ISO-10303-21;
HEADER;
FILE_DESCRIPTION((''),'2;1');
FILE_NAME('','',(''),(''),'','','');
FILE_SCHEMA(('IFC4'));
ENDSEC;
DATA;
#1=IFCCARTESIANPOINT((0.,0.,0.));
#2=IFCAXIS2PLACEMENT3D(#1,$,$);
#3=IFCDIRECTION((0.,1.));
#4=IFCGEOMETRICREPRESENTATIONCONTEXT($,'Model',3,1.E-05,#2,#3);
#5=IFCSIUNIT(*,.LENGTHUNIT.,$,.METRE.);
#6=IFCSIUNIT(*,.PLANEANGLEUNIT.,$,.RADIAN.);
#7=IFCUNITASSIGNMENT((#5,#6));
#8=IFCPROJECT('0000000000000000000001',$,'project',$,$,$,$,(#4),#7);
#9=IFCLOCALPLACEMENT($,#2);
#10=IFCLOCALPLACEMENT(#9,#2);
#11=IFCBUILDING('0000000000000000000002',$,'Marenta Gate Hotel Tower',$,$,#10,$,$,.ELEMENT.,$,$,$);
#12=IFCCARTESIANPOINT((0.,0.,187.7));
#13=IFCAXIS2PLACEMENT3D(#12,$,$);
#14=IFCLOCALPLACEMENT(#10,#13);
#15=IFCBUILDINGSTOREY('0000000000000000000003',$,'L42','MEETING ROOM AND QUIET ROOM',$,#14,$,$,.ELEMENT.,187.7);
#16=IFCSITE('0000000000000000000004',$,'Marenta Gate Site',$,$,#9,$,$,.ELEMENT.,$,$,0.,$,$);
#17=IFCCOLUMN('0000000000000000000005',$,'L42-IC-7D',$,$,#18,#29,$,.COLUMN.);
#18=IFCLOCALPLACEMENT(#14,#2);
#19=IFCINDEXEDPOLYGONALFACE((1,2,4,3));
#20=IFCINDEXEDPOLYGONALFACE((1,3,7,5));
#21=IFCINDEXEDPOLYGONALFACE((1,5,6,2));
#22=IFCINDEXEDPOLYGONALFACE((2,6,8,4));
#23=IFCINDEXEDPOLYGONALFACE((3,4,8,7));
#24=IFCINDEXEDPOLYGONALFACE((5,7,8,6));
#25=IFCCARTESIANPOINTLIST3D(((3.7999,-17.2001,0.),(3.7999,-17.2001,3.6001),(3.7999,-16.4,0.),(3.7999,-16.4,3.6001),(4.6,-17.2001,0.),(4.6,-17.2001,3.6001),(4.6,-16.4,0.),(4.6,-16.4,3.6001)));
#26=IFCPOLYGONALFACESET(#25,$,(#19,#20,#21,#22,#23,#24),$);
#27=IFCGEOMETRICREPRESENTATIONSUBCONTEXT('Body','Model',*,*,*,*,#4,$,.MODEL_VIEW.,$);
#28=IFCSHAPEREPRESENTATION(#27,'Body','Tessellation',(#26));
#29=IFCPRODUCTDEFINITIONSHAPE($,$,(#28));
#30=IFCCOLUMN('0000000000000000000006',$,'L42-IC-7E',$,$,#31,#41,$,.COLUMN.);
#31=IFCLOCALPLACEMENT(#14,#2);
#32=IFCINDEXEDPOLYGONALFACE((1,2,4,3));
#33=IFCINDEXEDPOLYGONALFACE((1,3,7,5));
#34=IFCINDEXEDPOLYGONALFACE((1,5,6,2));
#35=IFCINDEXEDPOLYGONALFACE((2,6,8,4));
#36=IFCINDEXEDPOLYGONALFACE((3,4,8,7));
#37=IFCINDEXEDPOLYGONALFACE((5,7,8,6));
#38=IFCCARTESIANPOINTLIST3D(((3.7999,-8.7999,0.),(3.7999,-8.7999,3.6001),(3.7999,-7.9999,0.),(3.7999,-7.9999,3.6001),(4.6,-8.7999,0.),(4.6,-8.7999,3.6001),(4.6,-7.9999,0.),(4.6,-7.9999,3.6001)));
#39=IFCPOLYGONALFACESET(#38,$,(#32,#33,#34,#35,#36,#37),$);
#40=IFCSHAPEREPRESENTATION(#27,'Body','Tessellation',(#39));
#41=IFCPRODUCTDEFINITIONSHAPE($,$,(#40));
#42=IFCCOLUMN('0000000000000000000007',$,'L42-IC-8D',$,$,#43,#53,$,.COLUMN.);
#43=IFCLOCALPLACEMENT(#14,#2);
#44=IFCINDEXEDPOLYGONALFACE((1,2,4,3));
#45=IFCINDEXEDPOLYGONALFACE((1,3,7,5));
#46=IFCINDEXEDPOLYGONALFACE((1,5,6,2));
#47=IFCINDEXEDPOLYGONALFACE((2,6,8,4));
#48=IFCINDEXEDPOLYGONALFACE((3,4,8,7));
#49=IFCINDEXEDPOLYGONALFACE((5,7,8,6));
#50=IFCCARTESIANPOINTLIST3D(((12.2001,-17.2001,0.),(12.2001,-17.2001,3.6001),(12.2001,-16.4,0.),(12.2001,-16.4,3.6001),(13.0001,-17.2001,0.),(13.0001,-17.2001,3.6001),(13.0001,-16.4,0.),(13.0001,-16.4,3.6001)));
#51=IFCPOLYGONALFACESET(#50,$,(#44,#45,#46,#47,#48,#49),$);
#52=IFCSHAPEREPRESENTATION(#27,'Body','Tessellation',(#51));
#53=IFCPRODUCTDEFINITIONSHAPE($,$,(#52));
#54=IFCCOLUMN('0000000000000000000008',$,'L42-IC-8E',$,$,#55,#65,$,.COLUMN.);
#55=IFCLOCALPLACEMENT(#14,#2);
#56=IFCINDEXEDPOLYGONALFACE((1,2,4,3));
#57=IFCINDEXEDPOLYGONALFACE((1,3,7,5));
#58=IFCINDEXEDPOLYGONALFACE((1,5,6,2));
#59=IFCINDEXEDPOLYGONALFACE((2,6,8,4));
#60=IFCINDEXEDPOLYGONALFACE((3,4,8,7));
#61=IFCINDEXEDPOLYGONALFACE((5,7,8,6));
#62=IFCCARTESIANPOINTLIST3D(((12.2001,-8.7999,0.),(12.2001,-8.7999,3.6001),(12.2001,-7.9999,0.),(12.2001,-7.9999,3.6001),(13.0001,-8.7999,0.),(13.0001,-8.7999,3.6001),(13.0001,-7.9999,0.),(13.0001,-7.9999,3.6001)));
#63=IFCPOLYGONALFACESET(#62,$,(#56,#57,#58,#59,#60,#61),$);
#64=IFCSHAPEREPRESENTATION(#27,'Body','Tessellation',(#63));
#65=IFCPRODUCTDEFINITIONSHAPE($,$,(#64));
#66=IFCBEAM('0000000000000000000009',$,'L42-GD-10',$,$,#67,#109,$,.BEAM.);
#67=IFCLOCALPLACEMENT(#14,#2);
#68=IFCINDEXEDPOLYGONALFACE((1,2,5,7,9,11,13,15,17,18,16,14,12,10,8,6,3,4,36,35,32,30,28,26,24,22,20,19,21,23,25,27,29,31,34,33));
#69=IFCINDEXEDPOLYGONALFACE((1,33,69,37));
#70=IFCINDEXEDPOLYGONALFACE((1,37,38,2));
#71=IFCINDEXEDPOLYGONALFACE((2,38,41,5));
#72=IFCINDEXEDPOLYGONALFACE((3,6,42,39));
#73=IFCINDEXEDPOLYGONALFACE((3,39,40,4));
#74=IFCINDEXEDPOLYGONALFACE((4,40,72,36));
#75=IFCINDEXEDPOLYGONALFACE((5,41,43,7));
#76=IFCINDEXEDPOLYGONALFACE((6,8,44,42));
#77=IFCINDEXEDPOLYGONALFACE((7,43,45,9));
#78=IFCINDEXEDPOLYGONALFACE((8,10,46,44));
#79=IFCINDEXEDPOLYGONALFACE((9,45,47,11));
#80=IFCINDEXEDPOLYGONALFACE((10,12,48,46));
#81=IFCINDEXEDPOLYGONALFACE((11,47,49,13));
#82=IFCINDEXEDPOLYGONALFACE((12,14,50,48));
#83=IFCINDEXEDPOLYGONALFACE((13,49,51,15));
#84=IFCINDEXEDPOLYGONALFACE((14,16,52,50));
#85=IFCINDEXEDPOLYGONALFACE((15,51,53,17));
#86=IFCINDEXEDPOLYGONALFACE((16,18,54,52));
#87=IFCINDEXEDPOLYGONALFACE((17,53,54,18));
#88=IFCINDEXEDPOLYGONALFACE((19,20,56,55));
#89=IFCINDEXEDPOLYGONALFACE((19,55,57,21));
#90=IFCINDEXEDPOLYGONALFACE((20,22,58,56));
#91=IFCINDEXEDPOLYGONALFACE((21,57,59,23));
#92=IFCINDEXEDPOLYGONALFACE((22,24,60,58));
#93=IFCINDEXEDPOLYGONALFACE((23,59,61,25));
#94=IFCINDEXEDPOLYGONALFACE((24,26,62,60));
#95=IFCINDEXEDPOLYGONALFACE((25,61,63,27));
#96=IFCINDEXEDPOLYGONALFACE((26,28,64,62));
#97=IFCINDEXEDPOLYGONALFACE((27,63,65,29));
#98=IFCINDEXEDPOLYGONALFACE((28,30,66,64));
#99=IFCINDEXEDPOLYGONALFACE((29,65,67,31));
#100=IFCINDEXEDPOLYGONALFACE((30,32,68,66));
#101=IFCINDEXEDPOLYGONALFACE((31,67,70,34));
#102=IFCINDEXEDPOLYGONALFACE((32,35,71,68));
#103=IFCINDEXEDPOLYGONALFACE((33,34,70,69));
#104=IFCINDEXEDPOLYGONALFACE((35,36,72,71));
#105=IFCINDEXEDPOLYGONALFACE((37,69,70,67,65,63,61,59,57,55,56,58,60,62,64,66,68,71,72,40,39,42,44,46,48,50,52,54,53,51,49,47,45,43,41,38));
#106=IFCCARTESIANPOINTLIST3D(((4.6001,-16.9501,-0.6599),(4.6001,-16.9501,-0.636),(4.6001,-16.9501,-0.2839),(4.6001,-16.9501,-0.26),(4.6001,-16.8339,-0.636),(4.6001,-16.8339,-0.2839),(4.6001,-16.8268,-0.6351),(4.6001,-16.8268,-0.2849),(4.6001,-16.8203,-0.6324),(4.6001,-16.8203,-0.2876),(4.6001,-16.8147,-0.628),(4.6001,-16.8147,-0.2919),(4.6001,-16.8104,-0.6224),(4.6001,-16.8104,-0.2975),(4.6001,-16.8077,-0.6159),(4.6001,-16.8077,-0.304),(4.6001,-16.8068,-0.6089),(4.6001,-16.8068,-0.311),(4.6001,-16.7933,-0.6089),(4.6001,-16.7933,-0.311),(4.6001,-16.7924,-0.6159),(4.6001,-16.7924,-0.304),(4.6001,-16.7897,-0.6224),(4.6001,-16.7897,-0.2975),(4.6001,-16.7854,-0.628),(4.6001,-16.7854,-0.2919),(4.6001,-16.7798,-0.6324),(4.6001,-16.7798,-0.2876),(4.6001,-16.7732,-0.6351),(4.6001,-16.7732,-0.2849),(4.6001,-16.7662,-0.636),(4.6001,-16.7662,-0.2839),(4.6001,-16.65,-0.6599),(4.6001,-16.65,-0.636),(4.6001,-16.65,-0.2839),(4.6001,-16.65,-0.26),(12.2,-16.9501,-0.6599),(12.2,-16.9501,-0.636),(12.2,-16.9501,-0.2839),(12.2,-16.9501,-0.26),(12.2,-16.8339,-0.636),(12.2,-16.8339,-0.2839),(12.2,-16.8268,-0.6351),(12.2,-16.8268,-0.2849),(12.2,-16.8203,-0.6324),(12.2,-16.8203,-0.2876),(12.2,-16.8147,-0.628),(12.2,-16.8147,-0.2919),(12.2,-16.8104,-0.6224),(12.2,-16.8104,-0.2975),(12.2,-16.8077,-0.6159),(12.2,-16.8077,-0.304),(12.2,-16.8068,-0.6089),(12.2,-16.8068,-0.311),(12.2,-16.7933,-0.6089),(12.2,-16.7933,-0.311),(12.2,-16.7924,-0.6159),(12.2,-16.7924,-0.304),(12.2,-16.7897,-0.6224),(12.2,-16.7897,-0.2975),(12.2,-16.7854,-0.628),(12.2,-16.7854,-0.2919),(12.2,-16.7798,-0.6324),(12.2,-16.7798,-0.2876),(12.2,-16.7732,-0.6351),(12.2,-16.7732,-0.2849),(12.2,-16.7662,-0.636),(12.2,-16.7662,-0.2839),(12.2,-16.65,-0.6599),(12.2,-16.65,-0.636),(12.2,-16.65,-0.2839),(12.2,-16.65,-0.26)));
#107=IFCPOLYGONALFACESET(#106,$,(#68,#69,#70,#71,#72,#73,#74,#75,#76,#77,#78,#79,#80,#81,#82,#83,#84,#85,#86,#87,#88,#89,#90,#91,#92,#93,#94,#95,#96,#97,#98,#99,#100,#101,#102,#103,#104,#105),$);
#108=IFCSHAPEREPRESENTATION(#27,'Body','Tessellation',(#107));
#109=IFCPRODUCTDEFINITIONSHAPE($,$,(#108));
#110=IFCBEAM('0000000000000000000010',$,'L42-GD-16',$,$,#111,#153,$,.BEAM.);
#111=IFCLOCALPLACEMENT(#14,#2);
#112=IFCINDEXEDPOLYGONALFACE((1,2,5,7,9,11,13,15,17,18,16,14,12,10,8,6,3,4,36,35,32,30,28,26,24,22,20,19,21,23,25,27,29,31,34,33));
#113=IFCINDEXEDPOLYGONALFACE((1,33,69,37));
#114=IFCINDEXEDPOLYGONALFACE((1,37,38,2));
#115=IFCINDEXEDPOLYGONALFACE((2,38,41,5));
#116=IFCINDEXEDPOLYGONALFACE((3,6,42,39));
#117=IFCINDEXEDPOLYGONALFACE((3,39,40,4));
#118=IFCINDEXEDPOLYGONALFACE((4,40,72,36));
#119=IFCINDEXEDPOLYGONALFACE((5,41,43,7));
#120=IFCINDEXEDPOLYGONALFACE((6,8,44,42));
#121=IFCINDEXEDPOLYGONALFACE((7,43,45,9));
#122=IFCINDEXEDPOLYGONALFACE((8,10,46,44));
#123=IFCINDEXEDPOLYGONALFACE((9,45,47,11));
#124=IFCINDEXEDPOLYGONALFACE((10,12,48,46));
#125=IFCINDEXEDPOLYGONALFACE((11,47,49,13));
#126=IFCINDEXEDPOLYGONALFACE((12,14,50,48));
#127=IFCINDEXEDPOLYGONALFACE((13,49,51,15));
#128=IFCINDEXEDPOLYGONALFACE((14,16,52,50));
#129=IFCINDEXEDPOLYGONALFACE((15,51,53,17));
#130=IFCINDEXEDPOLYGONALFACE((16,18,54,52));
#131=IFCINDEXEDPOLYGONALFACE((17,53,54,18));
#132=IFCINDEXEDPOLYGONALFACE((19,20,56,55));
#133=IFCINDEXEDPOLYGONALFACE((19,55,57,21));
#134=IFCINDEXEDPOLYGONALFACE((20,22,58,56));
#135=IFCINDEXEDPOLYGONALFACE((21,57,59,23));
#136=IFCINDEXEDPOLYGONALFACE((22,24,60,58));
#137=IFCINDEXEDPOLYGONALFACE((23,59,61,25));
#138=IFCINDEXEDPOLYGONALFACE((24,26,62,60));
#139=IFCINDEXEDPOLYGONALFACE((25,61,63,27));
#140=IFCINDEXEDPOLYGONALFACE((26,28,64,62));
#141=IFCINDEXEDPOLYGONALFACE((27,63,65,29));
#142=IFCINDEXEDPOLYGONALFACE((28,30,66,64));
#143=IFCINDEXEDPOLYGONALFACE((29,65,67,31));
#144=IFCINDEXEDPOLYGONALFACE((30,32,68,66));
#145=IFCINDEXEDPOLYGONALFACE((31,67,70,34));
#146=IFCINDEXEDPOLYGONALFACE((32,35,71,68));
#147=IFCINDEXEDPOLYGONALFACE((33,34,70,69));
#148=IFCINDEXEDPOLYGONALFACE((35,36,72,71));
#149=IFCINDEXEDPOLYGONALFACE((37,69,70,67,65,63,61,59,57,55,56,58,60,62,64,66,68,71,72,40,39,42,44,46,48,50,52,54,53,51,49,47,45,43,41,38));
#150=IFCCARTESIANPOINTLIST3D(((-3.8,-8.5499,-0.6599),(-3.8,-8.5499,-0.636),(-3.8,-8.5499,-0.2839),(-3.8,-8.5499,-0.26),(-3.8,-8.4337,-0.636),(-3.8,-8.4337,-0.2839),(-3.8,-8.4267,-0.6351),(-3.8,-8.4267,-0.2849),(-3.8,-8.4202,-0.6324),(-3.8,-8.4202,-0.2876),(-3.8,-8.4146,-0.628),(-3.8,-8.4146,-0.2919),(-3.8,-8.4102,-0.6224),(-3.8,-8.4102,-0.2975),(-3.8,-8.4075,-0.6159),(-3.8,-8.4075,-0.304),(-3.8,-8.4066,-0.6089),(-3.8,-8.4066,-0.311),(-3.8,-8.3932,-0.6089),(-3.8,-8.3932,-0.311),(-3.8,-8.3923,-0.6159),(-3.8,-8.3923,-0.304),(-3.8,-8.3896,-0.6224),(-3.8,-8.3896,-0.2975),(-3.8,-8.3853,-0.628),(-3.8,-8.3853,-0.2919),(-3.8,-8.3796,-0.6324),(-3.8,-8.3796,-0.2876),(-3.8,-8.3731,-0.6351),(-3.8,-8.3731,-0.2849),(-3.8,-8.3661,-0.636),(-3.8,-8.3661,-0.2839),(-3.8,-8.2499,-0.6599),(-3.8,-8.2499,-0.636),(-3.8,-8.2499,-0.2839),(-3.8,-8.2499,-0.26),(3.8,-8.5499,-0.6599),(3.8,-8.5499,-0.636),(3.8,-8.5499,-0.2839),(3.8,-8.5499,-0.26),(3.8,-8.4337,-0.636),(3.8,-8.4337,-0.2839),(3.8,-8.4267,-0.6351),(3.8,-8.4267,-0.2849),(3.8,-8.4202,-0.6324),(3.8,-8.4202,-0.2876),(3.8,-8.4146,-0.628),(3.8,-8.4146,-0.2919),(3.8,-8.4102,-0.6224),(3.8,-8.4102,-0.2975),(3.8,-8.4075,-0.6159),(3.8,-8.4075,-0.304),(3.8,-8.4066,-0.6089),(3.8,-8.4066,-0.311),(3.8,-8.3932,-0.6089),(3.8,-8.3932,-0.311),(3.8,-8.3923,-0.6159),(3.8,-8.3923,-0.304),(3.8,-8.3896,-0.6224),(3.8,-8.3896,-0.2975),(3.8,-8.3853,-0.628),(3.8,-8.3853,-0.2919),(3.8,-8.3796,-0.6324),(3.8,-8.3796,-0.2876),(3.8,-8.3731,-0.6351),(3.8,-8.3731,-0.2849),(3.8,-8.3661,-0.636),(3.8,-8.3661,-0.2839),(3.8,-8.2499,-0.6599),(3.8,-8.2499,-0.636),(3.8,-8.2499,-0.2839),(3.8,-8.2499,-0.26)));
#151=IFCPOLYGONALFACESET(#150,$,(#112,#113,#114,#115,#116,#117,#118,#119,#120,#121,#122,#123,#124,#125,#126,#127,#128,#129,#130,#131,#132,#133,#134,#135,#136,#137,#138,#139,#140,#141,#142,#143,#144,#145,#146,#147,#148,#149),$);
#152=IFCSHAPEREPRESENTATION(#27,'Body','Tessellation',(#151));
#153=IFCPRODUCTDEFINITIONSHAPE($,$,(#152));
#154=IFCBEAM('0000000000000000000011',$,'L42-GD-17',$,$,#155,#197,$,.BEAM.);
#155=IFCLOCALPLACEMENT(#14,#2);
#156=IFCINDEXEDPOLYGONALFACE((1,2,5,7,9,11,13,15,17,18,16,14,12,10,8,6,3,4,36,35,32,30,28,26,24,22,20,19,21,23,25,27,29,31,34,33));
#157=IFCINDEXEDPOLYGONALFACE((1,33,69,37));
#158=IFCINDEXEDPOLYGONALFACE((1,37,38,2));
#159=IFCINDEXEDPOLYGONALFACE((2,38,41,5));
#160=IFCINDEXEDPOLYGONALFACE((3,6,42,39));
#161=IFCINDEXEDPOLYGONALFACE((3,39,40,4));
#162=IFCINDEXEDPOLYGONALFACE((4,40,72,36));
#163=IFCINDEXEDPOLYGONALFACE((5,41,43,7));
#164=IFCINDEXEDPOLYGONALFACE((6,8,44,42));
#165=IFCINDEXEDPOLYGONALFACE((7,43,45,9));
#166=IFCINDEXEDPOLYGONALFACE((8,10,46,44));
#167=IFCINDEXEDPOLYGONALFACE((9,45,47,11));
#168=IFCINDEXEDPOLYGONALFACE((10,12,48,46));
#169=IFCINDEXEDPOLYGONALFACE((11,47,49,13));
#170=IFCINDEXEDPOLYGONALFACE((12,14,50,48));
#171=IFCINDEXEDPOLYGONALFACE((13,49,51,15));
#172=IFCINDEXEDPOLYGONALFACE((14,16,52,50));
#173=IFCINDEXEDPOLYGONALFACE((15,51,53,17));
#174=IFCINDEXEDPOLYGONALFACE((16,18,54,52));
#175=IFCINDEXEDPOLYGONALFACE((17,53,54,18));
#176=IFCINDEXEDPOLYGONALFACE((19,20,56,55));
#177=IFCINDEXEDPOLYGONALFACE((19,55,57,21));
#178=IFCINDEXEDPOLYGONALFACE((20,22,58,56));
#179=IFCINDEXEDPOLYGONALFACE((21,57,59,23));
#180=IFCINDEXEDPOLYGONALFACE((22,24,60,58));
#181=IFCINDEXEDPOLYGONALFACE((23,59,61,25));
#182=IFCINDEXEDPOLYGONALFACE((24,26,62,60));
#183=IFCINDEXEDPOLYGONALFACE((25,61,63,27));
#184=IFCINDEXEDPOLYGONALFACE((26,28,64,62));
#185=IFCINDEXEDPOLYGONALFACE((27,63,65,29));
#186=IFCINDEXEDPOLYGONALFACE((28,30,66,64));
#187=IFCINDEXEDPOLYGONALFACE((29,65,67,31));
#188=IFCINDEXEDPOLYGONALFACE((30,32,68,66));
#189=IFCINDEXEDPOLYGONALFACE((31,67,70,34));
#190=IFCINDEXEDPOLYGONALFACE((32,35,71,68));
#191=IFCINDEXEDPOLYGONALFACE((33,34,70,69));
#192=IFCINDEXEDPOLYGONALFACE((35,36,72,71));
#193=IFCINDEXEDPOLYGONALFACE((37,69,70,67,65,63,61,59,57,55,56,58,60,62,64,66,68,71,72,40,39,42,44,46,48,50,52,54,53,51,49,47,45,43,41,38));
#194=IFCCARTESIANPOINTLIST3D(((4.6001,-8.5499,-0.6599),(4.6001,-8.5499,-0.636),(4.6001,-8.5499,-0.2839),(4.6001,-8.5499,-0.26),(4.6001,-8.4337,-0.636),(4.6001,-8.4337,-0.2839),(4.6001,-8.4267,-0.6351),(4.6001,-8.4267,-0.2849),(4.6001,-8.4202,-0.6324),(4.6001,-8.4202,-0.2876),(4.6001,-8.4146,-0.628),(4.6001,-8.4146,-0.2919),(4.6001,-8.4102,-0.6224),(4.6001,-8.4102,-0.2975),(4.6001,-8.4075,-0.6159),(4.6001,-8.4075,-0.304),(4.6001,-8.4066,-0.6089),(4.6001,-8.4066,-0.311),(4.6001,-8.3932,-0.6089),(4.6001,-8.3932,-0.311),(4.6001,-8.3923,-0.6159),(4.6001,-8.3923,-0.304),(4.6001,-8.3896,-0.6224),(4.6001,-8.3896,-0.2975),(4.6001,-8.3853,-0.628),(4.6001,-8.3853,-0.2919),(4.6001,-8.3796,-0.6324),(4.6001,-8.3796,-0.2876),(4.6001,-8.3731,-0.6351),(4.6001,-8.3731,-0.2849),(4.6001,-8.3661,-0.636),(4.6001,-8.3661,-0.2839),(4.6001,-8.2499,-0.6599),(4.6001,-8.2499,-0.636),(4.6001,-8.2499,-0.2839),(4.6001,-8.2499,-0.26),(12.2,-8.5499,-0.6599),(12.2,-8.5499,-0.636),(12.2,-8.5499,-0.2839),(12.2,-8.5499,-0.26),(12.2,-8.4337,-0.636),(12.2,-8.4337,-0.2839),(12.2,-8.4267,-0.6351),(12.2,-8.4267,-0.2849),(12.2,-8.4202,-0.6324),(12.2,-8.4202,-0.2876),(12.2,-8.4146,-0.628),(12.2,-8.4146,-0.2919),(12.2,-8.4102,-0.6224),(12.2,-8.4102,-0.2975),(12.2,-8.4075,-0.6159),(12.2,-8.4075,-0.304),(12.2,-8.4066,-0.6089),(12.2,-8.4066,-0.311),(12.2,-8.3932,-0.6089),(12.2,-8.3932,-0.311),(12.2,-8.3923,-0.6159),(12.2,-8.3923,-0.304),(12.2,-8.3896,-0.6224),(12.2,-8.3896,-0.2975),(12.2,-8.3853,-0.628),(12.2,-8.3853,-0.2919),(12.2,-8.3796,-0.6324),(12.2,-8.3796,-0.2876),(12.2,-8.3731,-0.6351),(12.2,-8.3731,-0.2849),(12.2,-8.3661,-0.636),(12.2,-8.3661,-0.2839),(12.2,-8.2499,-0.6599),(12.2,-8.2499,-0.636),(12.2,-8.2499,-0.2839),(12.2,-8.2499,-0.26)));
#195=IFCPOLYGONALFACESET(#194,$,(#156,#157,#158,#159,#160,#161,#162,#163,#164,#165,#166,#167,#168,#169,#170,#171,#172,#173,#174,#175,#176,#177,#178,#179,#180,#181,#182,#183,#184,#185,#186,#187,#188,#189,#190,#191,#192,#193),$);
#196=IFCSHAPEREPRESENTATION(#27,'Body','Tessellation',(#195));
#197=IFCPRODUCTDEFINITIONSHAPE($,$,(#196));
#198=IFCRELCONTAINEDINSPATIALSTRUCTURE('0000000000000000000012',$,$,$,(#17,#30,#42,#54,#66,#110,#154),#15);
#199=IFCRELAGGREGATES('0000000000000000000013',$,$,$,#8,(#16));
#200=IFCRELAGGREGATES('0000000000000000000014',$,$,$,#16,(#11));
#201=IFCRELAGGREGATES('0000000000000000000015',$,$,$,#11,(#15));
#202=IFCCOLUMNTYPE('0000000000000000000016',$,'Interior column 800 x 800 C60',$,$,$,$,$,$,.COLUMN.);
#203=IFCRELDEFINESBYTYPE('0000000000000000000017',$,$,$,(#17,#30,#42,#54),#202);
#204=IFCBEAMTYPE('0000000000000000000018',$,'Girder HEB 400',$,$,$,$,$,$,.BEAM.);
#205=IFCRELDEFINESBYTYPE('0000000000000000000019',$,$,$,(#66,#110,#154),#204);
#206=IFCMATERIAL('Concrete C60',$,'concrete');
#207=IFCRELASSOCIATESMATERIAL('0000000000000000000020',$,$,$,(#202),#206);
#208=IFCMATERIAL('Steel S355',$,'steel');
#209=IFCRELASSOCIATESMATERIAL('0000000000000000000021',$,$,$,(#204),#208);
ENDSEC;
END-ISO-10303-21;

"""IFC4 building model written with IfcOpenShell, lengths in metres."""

from ifc_helpers import new_model, si_unit, direction, frame, origin, origin_2d, place, context, subcontext, project, spatial, rectangle, i_section, extrude, material, material_profile, profile_set, type_object, element, save


model = new_model("IFC4")

# Units and contexts
model_context = context("Model", 3, precision=1e-05, world=origin(), true_north=direction((0.0, 1.0)))
body_context = subcontext(model_context, "Body", "Model", "MODEL_VIEW")
ifc_project = project(units=[si_unit("LENGTHUNIT", "METRE"), si_unit("PLANEANGLEUNIT", "RADIAN")], contexts=[model_context])

# Site, building, storey
site_placement = place(None, origin())
site = spatial("IfcSite", under=ifc_project, at=site_placement, Name="Marenta Gate Site", CompositionType="ELEMENT", RefElevation=0.0)
building_placement = place(site_placement, origin())
building = spatial("IfcBuilding", under=site, at=building_placement, Name="Marenta Gate Hotel Tower", CompositionType="ELEMENT")
storey_placement = place(building_placement, frame((0.0, 0.0, 187.7)))
storey = spatial("IfcBuildingStorey", under=building, at=storey_placement, Name="L42", Description="MEETING ROOM AND QUIET ROOM", CompositionType="ELEMENT", Elevation=187.7)

# Columns
ifc_material_1 = material(Name="Concrete C60", Category="concrete")
ifc_material_profile_1 = material_profile(ifc_material_1, rectangle(XDim=0.8, YDim=0.8, at=origin_2d()), Name="800 x 800")
ifc_profile_set_1 = profile_set([ifc_material_profile_1], Name="Concrete C60")
column_type = type_object("IfcColumnType", Name="Interior column 800 x 800 C60", PredefinedType="COLUMN", material=ifc_profile_set_1)
for number, where, z_axis, x_axis, name in (
    (1, (4.2, -16.8, 0.0), (0.0, 0.0, 1.0), (1.0, 0.0, 0.0), "L42-IC-7D"),
    (2, (4.2, -8.3999, 0.0), (0.0, 0.0, 1.0), (1.0, 0.0, 0.0), "L42-IC-7E"),
    (3, (12.6001, -16.8, 0.0), (0.0, 0.0, 1.0), (1.0, 0.0, 0.0), "L42-IC-8D"),
    (4, (12.6001, -8.3999, 0.0), (0.0, 0.0, 1.0), (1.0, 0.0, 0.0), "L42-IC-8E"),
):
    element("IfcColumn", number, at=place(storey_placement, frame(where, z_axis=z_axis, x_axis=x_axis)), inside=storey, type_object=column_type, Name=name, PredefinedType="COLUMN", context=body_context, shape_type="SweptSolid", body=[
        extrude(rectangle(XDim=0.8, YDim=0.8, at=origin_2d()), origin(), (0.0, 0.0, 1.0), 3.6001),
    ])

# Beams
ifc_material_2 = material(Name="Steel S355", Category="steel")
ifc_material_profile_2 = material_profile(ifc_material_2, i_section(OverallWidth=0.3, OverallDepth=0.3999, WebThickness=0.0134, FlangeThickness=0.0239, FilletRadius=0.0271, at=origin_2d()), Name="HEB 400")
ifc_profile_set_2 = profile_set([ifc_material_profile_2], Name="Steel S355")
beam_type = type_object("IfcBeamType", Name="Girder HEB 400", PredefinedType="BEAM", material=ifc_profile_set_2)
beam_1_placement = place(storey_placement, frame((4.6001, -16.8, -0.46), z_axis=(1.0, 0.0, 0.0), x_axis=(0.0, 1.0, 0.0)))
element("IfcBeam", 5, at=beam_1_placement, inside=storey, type_object=beam_type, Name="L42-GD-10", PredefinedType="BEAM", context=body_context, shape_type="SweptSolid", body=[
    extrude(i_section(OverallWidth=0.3, OverallDepth=0.3999, WebThickness=0.0134, FlangeThickness=0.0239, FilletRadius=0.0271, at=origin_2d()), origin(), (0.0, 0.0, 1.0), 7.5999),
])
beam_2_placement = place(storey_placement, frame((-3.8, -8.3999, -0.46), z_axis=(1.0, 0.0, 0.0), x_axis=(0.0, 1.0, 0.0)))
element("IfcBeam", 6, at=beam_2_placement, inside=storey, type_object=beam_type, Name="L42-GD-16", PredefinedType="BEAM", context=body_context, shape_type="SweptSolid", body=[
    extrude(i_section(OverallWidth=0.3, OverallDepth=0.3999, WebThickness=0.0134, FlangeThickness=0.0239, FilletRadius=0.0271, at=origin_2d()), origin(), (0.0, 0.0, 1.0), 7.6001),
])
beam_3_placement = place(storey_placement, frame((4.6001, -8.3999, -0.46), z_axis=(1.0, 0.0, 0.0), x_axis=(0.0, 1.0, 0.0)))
element("IfcBeam", 7, at=beam_3_placement, inside=storey, type_object=beam_type, Name="L42-GD-17", PredefinedType="BEAM", context=body_context, shape_type="SweptSolid", body=[
    extrude(i_section(OverallWidth=0.3, OverallDepth=0.3999, WebThickness=0.0134, FlangeThickness=0.0239, FilletRadius=0.0271, at=origin_2d()), origin(), (0.0, 0.0, 1.0), 7.5999),
])

save(model, "model.ifc")
